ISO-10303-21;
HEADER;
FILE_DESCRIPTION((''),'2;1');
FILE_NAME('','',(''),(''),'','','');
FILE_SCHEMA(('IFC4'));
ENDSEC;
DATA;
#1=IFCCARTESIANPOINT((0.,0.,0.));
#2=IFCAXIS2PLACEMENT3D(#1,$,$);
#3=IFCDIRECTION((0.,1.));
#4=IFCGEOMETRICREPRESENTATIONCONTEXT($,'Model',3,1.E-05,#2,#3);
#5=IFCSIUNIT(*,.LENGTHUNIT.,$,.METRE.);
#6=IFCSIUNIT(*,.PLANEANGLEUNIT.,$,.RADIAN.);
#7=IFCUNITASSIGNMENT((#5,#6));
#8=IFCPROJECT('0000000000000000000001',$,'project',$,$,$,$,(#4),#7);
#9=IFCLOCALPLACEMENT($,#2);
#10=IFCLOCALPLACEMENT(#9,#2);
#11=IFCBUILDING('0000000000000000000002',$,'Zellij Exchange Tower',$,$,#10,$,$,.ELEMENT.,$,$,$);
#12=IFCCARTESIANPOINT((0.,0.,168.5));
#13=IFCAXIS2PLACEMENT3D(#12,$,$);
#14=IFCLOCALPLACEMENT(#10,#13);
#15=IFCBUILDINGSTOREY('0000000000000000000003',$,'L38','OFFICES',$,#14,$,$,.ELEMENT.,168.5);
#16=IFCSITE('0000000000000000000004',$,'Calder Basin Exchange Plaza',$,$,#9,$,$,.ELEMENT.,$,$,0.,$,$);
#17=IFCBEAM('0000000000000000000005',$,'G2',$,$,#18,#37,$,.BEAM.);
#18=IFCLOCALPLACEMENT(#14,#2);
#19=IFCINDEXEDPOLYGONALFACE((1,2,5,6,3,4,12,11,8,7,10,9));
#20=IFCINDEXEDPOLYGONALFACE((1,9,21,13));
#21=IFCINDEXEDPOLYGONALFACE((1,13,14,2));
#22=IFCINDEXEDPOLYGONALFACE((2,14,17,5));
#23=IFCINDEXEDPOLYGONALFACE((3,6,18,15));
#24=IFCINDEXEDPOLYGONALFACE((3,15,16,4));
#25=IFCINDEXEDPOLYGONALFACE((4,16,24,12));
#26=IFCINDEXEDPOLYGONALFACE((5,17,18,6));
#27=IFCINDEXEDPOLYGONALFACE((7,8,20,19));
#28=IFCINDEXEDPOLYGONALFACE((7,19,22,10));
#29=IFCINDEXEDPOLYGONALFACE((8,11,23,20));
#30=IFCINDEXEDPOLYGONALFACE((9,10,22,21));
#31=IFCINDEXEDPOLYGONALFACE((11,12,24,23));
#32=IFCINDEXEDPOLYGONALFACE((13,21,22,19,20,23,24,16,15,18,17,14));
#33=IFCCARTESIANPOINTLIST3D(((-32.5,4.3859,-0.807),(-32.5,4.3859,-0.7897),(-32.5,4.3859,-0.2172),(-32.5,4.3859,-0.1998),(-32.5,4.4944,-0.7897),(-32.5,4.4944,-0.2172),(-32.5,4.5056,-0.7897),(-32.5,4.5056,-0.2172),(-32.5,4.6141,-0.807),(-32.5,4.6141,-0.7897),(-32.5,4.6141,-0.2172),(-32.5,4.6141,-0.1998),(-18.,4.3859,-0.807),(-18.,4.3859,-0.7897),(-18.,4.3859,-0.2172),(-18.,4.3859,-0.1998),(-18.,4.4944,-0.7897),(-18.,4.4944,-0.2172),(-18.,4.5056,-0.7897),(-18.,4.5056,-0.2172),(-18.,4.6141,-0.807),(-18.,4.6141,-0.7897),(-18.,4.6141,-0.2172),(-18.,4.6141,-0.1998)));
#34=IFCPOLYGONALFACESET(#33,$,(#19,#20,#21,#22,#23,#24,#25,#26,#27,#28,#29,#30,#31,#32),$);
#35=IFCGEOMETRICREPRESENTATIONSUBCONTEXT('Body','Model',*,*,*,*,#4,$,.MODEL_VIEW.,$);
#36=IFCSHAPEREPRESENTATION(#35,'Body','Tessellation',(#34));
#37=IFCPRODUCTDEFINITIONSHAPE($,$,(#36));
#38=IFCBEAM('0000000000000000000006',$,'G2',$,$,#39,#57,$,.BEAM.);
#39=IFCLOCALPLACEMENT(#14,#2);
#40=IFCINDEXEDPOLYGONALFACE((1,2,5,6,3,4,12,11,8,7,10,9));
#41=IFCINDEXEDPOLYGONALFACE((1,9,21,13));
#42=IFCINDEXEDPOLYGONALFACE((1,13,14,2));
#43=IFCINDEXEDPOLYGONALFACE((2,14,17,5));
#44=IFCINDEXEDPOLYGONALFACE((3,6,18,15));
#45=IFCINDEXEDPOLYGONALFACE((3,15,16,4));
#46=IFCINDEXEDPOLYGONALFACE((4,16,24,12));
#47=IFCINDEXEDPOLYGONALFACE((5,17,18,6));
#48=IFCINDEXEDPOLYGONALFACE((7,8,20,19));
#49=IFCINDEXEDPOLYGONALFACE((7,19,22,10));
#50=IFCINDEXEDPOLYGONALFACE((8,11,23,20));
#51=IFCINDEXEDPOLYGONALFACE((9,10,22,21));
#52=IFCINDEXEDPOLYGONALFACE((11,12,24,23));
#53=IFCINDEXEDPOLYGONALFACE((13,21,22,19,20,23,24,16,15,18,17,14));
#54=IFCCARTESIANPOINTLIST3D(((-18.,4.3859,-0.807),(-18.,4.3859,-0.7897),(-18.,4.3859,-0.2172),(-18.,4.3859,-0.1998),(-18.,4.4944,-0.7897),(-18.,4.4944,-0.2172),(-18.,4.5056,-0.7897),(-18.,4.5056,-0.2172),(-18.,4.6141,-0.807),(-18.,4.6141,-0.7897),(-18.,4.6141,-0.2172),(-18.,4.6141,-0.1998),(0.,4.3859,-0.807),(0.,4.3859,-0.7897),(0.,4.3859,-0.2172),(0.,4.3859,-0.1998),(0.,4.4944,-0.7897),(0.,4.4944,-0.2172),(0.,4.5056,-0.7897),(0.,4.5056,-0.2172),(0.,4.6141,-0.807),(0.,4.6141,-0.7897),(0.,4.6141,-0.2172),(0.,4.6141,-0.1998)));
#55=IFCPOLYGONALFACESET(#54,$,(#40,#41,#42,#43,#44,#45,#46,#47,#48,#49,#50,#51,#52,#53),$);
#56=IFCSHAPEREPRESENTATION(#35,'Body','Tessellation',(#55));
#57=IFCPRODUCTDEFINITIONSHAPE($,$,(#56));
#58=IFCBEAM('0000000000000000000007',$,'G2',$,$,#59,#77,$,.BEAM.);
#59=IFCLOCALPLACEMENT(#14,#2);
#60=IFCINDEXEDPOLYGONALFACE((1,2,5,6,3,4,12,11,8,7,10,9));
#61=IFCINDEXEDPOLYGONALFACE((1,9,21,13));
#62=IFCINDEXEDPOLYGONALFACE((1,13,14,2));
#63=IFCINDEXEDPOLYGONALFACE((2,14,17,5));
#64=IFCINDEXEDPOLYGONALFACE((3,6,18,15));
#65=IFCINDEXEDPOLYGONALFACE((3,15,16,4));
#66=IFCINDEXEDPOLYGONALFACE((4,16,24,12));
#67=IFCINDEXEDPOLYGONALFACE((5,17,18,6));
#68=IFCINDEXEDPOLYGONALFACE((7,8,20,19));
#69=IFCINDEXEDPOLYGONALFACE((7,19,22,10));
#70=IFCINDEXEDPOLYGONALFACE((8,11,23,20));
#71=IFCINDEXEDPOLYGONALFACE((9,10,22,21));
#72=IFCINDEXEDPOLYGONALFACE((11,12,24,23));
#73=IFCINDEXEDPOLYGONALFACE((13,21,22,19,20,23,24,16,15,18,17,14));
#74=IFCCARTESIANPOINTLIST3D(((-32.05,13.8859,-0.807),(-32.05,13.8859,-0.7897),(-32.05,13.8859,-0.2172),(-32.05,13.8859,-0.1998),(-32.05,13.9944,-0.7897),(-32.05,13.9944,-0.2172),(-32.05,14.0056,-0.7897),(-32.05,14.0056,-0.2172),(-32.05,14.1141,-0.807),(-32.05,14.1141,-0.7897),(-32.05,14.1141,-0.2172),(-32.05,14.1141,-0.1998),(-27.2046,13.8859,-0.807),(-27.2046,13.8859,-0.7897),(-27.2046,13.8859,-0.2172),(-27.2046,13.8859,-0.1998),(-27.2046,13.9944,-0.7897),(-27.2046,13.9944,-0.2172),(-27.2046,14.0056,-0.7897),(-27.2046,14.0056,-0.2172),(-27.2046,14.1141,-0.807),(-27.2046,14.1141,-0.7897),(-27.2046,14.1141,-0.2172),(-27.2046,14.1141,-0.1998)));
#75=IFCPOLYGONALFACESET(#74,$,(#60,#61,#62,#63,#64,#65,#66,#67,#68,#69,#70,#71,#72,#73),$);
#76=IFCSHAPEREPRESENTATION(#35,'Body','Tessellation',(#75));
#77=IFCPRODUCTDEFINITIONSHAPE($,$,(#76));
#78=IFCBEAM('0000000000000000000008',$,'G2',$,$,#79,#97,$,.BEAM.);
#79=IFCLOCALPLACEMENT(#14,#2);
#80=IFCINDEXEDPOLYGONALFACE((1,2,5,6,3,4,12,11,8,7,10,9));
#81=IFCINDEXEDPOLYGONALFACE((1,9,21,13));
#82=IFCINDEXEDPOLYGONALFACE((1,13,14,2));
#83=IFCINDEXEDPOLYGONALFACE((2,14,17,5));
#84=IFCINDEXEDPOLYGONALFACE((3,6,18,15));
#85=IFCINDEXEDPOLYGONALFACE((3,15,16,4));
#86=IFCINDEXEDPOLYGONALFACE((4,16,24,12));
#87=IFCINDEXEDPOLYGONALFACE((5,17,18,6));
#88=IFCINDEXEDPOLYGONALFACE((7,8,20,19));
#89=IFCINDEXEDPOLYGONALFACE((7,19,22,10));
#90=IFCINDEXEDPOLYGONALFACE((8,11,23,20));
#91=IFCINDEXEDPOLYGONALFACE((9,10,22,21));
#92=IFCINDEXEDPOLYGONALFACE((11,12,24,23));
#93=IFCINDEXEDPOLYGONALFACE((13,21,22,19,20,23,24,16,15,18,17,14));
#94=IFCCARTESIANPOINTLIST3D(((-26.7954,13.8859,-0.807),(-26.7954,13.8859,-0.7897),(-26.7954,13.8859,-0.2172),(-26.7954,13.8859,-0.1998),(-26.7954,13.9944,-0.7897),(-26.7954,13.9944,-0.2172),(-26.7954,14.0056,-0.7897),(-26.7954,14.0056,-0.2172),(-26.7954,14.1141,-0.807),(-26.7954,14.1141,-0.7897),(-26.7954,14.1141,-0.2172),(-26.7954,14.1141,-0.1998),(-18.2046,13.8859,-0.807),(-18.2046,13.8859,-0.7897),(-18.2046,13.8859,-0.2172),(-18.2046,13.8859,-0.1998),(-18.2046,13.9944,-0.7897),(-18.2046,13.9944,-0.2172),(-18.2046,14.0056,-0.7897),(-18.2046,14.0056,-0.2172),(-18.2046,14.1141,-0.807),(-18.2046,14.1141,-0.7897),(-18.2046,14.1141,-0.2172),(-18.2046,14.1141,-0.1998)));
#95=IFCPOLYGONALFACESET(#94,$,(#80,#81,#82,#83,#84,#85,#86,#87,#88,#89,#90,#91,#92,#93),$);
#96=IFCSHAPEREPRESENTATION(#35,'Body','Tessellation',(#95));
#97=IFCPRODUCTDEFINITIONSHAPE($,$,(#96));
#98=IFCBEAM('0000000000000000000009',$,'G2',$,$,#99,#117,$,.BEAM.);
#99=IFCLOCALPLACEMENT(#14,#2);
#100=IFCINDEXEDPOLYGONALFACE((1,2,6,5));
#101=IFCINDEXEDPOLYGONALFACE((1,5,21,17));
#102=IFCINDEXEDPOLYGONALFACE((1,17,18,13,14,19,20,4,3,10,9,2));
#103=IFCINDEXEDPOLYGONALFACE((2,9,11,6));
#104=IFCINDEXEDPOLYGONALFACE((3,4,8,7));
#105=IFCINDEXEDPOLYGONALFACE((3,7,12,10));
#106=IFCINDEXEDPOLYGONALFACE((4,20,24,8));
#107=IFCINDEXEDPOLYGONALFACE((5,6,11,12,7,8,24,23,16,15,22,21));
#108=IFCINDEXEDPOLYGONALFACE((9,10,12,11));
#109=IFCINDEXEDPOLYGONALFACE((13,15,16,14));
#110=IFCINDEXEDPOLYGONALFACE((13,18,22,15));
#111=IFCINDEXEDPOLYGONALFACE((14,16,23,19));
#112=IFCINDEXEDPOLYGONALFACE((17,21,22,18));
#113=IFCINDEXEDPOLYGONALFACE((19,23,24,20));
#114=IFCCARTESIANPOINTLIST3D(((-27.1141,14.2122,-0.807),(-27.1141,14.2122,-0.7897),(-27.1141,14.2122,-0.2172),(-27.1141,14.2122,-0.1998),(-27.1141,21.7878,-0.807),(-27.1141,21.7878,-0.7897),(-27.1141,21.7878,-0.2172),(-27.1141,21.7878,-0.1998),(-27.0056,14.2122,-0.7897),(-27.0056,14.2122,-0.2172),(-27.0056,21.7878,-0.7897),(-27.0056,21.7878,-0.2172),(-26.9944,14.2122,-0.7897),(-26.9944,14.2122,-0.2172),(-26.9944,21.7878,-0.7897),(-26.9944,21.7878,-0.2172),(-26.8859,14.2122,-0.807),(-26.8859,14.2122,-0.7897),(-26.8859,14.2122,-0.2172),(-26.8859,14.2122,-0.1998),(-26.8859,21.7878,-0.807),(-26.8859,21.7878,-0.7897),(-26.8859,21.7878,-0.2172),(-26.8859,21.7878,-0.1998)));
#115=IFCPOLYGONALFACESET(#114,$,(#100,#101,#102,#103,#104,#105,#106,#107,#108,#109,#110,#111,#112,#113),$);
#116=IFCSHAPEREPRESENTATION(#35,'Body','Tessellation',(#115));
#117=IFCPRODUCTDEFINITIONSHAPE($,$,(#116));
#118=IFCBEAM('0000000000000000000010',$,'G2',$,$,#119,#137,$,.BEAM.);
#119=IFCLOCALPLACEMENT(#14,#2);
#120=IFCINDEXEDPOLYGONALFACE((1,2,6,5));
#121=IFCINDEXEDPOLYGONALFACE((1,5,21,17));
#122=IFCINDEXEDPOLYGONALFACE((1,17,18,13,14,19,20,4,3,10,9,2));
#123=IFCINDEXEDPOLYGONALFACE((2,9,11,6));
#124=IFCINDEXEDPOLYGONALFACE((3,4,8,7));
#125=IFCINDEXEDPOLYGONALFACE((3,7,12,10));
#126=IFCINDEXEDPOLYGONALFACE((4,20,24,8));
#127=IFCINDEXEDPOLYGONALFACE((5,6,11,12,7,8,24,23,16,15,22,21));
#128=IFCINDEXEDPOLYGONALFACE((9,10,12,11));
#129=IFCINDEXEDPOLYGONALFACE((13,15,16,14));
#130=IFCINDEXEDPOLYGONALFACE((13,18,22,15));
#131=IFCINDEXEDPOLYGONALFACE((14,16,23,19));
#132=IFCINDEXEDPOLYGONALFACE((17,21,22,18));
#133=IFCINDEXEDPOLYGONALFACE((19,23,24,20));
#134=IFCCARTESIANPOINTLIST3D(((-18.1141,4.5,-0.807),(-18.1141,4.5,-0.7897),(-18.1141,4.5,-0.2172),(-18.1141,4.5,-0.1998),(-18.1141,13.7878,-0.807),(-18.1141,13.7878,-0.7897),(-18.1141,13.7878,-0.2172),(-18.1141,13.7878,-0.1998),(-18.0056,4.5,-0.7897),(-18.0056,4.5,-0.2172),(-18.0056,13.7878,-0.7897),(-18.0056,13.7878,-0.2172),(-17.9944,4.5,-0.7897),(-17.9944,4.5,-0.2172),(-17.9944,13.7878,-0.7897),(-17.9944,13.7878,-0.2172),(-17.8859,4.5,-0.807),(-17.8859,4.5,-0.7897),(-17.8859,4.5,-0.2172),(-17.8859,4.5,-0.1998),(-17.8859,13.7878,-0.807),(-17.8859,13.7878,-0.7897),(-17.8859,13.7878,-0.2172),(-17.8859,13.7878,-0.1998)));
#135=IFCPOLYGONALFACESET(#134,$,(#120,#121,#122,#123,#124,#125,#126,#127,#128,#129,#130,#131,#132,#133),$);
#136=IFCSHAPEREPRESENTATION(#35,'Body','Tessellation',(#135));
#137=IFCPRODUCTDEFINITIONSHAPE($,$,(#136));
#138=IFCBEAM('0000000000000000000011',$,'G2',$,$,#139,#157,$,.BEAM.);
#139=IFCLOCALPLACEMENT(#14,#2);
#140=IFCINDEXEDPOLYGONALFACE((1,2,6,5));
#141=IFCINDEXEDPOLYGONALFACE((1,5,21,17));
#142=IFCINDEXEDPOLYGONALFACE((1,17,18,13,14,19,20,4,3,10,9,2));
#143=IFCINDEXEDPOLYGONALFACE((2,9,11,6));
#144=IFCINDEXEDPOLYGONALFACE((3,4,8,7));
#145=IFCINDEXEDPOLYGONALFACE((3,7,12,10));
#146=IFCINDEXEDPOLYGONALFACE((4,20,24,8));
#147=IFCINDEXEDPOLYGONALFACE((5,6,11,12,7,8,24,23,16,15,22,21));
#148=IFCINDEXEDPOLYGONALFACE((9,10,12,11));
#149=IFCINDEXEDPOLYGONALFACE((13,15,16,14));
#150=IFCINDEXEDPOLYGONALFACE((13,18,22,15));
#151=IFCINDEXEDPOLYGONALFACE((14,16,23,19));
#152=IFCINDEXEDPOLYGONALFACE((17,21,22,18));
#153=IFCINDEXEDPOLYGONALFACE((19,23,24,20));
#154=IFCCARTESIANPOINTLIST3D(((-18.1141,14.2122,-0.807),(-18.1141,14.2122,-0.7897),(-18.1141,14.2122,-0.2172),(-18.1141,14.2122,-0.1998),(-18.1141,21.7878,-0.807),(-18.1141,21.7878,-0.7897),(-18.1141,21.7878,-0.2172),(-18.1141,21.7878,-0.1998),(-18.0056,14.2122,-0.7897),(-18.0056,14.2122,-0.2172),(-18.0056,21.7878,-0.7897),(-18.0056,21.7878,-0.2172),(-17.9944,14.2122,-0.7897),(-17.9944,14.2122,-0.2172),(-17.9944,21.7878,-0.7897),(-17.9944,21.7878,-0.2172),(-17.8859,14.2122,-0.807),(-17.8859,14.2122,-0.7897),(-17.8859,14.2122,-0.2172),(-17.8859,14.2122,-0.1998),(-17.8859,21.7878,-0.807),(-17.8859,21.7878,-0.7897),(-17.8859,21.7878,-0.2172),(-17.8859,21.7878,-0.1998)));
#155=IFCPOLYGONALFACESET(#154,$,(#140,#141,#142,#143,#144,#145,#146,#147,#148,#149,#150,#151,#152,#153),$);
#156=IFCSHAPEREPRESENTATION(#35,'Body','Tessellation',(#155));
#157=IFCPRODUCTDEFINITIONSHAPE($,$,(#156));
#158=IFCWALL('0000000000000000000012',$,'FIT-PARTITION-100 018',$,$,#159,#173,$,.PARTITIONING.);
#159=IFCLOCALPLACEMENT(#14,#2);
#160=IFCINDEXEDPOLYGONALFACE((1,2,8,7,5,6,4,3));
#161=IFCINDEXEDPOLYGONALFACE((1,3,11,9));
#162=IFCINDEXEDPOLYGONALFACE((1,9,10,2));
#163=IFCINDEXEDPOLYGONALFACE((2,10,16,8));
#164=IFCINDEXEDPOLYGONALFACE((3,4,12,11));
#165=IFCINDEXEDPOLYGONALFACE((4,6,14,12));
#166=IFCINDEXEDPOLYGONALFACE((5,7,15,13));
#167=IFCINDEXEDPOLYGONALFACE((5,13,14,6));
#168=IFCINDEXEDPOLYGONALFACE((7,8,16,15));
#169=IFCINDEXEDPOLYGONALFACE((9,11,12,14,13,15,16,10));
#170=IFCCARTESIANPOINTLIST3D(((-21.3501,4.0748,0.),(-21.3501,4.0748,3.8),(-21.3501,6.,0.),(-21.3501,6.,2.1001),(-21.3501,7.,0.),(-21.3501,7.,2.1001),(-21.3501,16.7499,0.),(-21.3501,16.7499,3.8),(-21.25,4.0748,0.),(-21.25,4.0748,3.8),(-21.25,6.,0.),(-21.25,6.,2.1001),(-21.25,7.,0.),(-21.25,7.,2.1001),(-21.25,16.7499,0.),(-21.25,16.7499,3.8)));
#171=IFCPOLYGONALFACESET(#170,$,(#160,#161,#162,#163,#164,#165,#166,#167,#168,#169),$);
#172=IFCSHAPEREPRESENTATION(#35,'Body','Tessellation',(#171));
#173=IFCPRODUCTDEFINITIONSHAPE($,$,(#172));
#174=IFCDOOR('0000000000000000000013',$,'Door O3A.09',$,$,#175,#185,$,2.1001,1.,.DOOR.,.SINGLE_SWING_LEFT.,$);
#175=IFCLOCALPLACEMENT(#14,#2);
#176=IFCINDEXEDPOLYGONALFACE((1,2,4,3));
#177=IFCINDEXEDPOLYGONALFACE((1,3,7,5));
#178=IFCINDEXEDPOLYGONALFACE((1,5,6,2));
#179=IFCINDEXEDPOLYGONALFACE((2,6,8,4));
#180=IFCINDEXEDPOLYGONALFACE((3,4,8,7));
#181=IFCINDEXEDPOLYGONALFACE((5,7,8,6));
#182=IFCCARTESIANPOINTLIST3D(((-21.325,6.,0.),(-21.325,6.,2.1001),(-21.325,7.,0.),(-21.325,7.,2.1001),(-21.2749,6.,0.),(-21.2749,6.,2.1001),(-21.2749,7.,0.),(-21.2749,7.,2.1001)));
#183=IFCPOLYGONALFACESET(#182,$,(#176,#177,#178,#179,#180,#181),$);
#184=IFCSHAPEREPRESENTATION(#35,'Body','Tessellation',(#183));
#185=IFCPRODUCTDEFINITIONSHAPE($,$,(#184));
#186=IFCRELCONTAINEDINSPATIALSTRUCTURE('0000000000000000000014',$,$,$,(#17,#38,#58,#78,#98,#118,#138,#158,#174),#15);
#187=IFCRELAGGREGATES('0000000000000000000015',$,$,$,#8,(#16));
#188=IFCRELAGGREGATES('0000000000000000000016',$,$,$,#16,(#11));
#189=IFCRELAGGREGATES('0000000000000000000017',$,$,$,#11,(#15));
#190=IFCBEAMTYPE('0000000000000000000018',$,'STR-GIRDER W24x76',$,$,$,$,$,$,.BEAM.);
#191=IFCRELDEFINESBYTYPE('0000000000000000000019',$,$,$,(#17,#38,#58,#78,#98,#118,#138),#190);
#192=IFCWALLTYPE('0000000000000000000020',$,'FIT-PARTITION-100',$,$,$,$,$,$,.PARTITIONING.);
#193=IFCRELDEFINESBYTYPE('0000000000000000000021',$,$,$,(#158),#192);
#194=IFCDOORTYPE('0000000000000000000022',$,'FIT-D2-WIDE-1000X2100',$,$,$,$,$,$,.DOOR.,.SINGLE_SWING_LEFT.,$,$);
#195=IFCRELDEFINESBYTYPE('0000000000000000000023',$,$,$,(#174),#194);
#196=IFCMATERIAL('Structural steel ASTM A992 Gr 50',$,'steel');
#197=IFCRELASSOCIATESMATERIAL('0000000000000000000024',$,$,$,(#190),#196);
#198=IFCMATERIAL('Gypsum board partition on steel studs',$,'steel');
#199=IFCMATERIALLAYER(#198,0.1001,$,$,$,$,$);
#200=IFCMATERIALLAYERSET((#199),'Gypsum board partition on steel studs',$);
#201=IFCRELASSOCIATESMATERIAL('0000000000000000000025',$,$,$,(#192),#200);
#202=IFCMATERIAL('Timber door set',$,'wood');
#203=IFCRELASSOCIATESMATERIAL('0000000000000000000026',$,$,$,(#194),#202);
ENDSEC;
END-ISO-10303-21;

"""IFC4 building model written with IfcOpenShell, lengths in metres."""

from ifc_helpers import new_model, si_unit, direction, frame, frame_2d, origin, origin_2d, place, context, subcontext, project, spatial, rectangle, i_section, extrude, material, layer, layer_set, material_profile, profile_set, type_object, element, fill, save


model = new_model("IFC4")

# Units and contexts
model_context = context("Model", 3, precision=1e-05, world=origin(), true_north=direction((0.0, 1.0)))
body_context = subcontext(model_context, "Body", "Model", "MODEL_VIEW")
ifc_project = project(units=[si_unit("LENGTHUNIT", "METRE"), si_unit("PLANEANGLEUNIT", "RADIAN")], contexts=[model_context])

# Site, building, storey
site_placement = place(None, origin())
site = spatial("IfcSite", under=ifc_project, at=site_placement, Name="Calder Basin Exchange Plaza", CompositionType="ELEMENT", RefElevation=0.0)
building_placement = place(site_placement, origin())
building = spatial("IfcBuilding", under=site, at=building_placement, Name="Zellij Exchange Tower", CompositionType="ELEMENT")
storey_placement = place(building_placement, frame((0.0, 0.0, 168.5)))
storey = spatial("IfcBuildingStorey", under=building, at=storey_placement, Name="L38", Description="OFFICES", CompositionType="ELEMENT", Elevation=168.5)

# Beams
ifc_material_1 = material(Name="Structural steel ASTM A992 Gr 50", Category="steel")
ifc_material_profile_1 = material_profile(ifc_material_1, i_section(OverallWidth=0.2283, OverallDepth=0.6072, WebThickness=0.0112, FlangeThickness=0.0173, at=origin_2d()), Name="W24x76")
ifc_profile_set_1 = profile_set([ifc_material_profile_1], Name="Structural steel ASTM A992 Gr 50")
beam_type_1 = type_object("IfcBeamType", Name="STR-GIRDER W24x76", PredefinedType="BEAM", material=ifc_profile_set_1)
beam_1_placement = place(storey_placement, frame((-32.5, 4.5, -0.5034), z_axis=(1.0, 0.0, 0.0), x_axis=(0.0, 1.0, 0.0)))
element("IfcBeam", 1, at=beam_1_placement, inside=storey, type_object=beam_type_1, Name="G2", PredefinedType="BEAM", context=body_context, shape_type="SweptSolid", body=[
    extrude(i_section(OverallWidth=0.2283, OverallDepth=0.6072, WebThickness=0.0112, FlangeThickness=0.0173, at=origin_2d()), origin(), (0.0, 0.0, 1.0), 14.5),
])
beam_2_placement = place(storey_placement, frame((-18.0, 4.5, -0.5034), z_axis=(1.0, 0.0, 0.0), x_axis=(0.0, 1.0, 0.0)))
element("IfcBeam", 2, at=beam_2_placement, inside=storey, type_object=beam_type_1, Name="G2", PredefinedType="BEAM", context=body_context, shape_type="SweptSolid", body=[
    extrude(i_section(OverallWidth=0.2283, OverallDepth=0.6072, WebThickness=0.0112, FlangeThickness=0.0173, at=origin_2d()), origin(), (0.0, 0.0, 1.0), 18.0),
])
beam_3_placement = place(storey_placement, frame((-32.05, 14.0, -0.5034), z_axis=(1.0, 0.0, 0.0), x_axis=(0.0, 1.0, 0.0)))
element("IfcBeam", 3, at=beam_3_placement, inside=storey, type_object=beam_type_1, Name="G2", PredefinedType="BEAM", context=body_context, shape_type="SweptSolid", body=[
    extrude(i_section(OverallWidth=0.2283, OverallDepth=0.6072, WebThickness=0.0112, FlangeThickness=0.0173, at=origin_2d()), origin(), (0.0, 0.0, 1.0), 4.8455),
])
beam_4_placement = place(storey_placement, frame((-26.7954, 14.0, -0.5034), z_axis=(1.0, 0.0, 0.0), x_axis=(0.0, 1.0, 0.0)))
element("IfcBeam", 4, at=beam_4_placement, inside=storey, type_object=beam_type_1, Name="G2", PredefinedType="BEAM", context=body_context, shape_type="SweptSolid", body=[
    extrude(i_section(OverallWidth=0.2283, OverallDepth=0.6072, WebThickness=0.0112, FlangeThickness=0.0173, at=origin_2d()), origin(), (0.0, 0.0, 1.0), 8.5908),
])
beam_5_placement = place(storey_placement, frame((-27.0, 14.2122, -0.5034), z_axis=(0.0, 1.0, 0.0), x_axis=(-1.0, 0.0, 0.0)))
element("IfcBeam", 5, at=beam_5_placement, inside=storey, type_object=beam_type_1, Name="G2", PredefinedType="BEAM", context=body_context, shape_type="SweptSolid", body=[
    extrude(i_section(OverallWidth=0.2283, OverallDepth=0.6072, WebThickness=0.0112, FlangeThickness=0.0173, at=origin_2d()), origin(), (0.0, 0.0, 1.0), 7.5757),
])
beam_6_placement = place(storey_placement, frame((-18.0, 4.5, -0.5034), z_axis=(0.0, 1.0, 0.0), x_axis=(-1.0, 0.0, 0.0)))
element("IfcBeam", 6, at=beam_6_placement, inside=storey, type_object=beam_type_1, Name="G2", PredefinedType="BEAM", context=body_context, shape_type="SweptSolid", body=[
    extrude(i_section(OverallWidth=0.2283, OverallDepth=0.6072, WebThickness=0.0112, FlangeThickness=0.0173, at=origin_2d()), origin(), (0.0, 0.0, 1.0), 9.2878),
])
beam_7_placement = place(storey_placement, frame((-18.0, 14.2122, -0.5034), z_axis=(0.0, 1.0, 0.0), x_axis=(-1.0, 0.0, 0.0)))
element("IfcBeam", 7, at=beam_7_placement, inside=storey, type_object=beam_type_1, Name="G2", PredefinedType="BEAM", context=body_context, shape_type="SweptSolid", body=[
    extrude(i_section(OverallWidth=0.2283, OverallDepth=0.6072, WebThickness=0.0112, FlangeThickness=0.0173, at=origin_2d()), origin(), (0.0, 0.0, 1.0), 7.5757),
])

# Wall, opening, door
ifc_material_2 = material(Name="Gypsum board partition on steel studs", Category="steel")
ifc_layer_1 = layer(ifc_material_2, 0.1001)
ifc_layer_set_1 = layer_set([ifc_layer_1], Name="Gypsum board partition on steel studs")
wall_type_1 = type_object("IfcWallType", Name="FIT-PARTITION-100", PredefinedType="PARTITIONING", material=ifc_layer_set_1)
wall_1_placement = place(storey_placement, frame((-21.3, 4.075, 0.0), z_axis=(0.0, 0.0, 1.0), x_axis=(0.0, 1.0, 0.0)))
wall_1 = element("IfcWall", 8, at=wall_1_placement, inside=storey, type_object=wall_type_1, Name="FIT-PARTITION-100 018", PredefinedType="PARTITIONING", context=body_context, shape_type="SweptSolid", body=[
    extrude(rectangle(XDim=12.675, YDim=0.1001, at=frame_2d((6.3374, 0.0))), origin(), (0.0, 0.0, 1.0), 3.8),
])
opening_1_placement = place(wall_1_placement, frame((1.925, 0.0, 0.0)))
opening_1 = element("IfcOpeningElement", 9, at=opening_1_placement, cuts=wall_1, PredefinedType="OPENING", context=body_context, shape_type="SweptSolid", body=[
    extrude(rectangle(XDim=1.0, YDim=2.1001, at=frame_2d((0.5, 1.05))), frame((0.0, 0.062, 0.0), z_axis=(0.0, -1.0, 0.0), x_axis=(1.0, 0.0, 0.0)), (0.0, 0.0, 1.0), 0.124),
])
ifc_material_3 = material(Name="Timber door set", Category="wood")
door_type = type_object("IfcDoorType", Name="FIT-D2-WIDE-1000X2100", OperationType="SINGLE_SWING_LEFT", PredefinedType="DOOR", material=ifc_material_3)
door_1_placement = place(opening_1_placement, origin())
door_1 = element("IfcDoor", 10, at=door_1_placement, inside=storey, type_object=door_type, Name="Door O3A.09", OperationType="SINGLE_SWING_LEFT", OverallHeight=2.1001, OverallWidth=1.0, PredefinedType="DOOR", context=body_context, shape_type="SweptSolid", body=[
    extrude(rectangle(XDim=1.0, YDim=2.1001, at=frame_2d((0.5, 1.05))), frame((0.0, 0.0249, 0.0), z_axis=(0.0, -1.0, 0.0), x_axis=(1.0, 0.0, 0.0)), (0.0, 0.0, 1.0), 0.05),
])
fill(opening_1, door_1)

save(model, "model.ifc")
